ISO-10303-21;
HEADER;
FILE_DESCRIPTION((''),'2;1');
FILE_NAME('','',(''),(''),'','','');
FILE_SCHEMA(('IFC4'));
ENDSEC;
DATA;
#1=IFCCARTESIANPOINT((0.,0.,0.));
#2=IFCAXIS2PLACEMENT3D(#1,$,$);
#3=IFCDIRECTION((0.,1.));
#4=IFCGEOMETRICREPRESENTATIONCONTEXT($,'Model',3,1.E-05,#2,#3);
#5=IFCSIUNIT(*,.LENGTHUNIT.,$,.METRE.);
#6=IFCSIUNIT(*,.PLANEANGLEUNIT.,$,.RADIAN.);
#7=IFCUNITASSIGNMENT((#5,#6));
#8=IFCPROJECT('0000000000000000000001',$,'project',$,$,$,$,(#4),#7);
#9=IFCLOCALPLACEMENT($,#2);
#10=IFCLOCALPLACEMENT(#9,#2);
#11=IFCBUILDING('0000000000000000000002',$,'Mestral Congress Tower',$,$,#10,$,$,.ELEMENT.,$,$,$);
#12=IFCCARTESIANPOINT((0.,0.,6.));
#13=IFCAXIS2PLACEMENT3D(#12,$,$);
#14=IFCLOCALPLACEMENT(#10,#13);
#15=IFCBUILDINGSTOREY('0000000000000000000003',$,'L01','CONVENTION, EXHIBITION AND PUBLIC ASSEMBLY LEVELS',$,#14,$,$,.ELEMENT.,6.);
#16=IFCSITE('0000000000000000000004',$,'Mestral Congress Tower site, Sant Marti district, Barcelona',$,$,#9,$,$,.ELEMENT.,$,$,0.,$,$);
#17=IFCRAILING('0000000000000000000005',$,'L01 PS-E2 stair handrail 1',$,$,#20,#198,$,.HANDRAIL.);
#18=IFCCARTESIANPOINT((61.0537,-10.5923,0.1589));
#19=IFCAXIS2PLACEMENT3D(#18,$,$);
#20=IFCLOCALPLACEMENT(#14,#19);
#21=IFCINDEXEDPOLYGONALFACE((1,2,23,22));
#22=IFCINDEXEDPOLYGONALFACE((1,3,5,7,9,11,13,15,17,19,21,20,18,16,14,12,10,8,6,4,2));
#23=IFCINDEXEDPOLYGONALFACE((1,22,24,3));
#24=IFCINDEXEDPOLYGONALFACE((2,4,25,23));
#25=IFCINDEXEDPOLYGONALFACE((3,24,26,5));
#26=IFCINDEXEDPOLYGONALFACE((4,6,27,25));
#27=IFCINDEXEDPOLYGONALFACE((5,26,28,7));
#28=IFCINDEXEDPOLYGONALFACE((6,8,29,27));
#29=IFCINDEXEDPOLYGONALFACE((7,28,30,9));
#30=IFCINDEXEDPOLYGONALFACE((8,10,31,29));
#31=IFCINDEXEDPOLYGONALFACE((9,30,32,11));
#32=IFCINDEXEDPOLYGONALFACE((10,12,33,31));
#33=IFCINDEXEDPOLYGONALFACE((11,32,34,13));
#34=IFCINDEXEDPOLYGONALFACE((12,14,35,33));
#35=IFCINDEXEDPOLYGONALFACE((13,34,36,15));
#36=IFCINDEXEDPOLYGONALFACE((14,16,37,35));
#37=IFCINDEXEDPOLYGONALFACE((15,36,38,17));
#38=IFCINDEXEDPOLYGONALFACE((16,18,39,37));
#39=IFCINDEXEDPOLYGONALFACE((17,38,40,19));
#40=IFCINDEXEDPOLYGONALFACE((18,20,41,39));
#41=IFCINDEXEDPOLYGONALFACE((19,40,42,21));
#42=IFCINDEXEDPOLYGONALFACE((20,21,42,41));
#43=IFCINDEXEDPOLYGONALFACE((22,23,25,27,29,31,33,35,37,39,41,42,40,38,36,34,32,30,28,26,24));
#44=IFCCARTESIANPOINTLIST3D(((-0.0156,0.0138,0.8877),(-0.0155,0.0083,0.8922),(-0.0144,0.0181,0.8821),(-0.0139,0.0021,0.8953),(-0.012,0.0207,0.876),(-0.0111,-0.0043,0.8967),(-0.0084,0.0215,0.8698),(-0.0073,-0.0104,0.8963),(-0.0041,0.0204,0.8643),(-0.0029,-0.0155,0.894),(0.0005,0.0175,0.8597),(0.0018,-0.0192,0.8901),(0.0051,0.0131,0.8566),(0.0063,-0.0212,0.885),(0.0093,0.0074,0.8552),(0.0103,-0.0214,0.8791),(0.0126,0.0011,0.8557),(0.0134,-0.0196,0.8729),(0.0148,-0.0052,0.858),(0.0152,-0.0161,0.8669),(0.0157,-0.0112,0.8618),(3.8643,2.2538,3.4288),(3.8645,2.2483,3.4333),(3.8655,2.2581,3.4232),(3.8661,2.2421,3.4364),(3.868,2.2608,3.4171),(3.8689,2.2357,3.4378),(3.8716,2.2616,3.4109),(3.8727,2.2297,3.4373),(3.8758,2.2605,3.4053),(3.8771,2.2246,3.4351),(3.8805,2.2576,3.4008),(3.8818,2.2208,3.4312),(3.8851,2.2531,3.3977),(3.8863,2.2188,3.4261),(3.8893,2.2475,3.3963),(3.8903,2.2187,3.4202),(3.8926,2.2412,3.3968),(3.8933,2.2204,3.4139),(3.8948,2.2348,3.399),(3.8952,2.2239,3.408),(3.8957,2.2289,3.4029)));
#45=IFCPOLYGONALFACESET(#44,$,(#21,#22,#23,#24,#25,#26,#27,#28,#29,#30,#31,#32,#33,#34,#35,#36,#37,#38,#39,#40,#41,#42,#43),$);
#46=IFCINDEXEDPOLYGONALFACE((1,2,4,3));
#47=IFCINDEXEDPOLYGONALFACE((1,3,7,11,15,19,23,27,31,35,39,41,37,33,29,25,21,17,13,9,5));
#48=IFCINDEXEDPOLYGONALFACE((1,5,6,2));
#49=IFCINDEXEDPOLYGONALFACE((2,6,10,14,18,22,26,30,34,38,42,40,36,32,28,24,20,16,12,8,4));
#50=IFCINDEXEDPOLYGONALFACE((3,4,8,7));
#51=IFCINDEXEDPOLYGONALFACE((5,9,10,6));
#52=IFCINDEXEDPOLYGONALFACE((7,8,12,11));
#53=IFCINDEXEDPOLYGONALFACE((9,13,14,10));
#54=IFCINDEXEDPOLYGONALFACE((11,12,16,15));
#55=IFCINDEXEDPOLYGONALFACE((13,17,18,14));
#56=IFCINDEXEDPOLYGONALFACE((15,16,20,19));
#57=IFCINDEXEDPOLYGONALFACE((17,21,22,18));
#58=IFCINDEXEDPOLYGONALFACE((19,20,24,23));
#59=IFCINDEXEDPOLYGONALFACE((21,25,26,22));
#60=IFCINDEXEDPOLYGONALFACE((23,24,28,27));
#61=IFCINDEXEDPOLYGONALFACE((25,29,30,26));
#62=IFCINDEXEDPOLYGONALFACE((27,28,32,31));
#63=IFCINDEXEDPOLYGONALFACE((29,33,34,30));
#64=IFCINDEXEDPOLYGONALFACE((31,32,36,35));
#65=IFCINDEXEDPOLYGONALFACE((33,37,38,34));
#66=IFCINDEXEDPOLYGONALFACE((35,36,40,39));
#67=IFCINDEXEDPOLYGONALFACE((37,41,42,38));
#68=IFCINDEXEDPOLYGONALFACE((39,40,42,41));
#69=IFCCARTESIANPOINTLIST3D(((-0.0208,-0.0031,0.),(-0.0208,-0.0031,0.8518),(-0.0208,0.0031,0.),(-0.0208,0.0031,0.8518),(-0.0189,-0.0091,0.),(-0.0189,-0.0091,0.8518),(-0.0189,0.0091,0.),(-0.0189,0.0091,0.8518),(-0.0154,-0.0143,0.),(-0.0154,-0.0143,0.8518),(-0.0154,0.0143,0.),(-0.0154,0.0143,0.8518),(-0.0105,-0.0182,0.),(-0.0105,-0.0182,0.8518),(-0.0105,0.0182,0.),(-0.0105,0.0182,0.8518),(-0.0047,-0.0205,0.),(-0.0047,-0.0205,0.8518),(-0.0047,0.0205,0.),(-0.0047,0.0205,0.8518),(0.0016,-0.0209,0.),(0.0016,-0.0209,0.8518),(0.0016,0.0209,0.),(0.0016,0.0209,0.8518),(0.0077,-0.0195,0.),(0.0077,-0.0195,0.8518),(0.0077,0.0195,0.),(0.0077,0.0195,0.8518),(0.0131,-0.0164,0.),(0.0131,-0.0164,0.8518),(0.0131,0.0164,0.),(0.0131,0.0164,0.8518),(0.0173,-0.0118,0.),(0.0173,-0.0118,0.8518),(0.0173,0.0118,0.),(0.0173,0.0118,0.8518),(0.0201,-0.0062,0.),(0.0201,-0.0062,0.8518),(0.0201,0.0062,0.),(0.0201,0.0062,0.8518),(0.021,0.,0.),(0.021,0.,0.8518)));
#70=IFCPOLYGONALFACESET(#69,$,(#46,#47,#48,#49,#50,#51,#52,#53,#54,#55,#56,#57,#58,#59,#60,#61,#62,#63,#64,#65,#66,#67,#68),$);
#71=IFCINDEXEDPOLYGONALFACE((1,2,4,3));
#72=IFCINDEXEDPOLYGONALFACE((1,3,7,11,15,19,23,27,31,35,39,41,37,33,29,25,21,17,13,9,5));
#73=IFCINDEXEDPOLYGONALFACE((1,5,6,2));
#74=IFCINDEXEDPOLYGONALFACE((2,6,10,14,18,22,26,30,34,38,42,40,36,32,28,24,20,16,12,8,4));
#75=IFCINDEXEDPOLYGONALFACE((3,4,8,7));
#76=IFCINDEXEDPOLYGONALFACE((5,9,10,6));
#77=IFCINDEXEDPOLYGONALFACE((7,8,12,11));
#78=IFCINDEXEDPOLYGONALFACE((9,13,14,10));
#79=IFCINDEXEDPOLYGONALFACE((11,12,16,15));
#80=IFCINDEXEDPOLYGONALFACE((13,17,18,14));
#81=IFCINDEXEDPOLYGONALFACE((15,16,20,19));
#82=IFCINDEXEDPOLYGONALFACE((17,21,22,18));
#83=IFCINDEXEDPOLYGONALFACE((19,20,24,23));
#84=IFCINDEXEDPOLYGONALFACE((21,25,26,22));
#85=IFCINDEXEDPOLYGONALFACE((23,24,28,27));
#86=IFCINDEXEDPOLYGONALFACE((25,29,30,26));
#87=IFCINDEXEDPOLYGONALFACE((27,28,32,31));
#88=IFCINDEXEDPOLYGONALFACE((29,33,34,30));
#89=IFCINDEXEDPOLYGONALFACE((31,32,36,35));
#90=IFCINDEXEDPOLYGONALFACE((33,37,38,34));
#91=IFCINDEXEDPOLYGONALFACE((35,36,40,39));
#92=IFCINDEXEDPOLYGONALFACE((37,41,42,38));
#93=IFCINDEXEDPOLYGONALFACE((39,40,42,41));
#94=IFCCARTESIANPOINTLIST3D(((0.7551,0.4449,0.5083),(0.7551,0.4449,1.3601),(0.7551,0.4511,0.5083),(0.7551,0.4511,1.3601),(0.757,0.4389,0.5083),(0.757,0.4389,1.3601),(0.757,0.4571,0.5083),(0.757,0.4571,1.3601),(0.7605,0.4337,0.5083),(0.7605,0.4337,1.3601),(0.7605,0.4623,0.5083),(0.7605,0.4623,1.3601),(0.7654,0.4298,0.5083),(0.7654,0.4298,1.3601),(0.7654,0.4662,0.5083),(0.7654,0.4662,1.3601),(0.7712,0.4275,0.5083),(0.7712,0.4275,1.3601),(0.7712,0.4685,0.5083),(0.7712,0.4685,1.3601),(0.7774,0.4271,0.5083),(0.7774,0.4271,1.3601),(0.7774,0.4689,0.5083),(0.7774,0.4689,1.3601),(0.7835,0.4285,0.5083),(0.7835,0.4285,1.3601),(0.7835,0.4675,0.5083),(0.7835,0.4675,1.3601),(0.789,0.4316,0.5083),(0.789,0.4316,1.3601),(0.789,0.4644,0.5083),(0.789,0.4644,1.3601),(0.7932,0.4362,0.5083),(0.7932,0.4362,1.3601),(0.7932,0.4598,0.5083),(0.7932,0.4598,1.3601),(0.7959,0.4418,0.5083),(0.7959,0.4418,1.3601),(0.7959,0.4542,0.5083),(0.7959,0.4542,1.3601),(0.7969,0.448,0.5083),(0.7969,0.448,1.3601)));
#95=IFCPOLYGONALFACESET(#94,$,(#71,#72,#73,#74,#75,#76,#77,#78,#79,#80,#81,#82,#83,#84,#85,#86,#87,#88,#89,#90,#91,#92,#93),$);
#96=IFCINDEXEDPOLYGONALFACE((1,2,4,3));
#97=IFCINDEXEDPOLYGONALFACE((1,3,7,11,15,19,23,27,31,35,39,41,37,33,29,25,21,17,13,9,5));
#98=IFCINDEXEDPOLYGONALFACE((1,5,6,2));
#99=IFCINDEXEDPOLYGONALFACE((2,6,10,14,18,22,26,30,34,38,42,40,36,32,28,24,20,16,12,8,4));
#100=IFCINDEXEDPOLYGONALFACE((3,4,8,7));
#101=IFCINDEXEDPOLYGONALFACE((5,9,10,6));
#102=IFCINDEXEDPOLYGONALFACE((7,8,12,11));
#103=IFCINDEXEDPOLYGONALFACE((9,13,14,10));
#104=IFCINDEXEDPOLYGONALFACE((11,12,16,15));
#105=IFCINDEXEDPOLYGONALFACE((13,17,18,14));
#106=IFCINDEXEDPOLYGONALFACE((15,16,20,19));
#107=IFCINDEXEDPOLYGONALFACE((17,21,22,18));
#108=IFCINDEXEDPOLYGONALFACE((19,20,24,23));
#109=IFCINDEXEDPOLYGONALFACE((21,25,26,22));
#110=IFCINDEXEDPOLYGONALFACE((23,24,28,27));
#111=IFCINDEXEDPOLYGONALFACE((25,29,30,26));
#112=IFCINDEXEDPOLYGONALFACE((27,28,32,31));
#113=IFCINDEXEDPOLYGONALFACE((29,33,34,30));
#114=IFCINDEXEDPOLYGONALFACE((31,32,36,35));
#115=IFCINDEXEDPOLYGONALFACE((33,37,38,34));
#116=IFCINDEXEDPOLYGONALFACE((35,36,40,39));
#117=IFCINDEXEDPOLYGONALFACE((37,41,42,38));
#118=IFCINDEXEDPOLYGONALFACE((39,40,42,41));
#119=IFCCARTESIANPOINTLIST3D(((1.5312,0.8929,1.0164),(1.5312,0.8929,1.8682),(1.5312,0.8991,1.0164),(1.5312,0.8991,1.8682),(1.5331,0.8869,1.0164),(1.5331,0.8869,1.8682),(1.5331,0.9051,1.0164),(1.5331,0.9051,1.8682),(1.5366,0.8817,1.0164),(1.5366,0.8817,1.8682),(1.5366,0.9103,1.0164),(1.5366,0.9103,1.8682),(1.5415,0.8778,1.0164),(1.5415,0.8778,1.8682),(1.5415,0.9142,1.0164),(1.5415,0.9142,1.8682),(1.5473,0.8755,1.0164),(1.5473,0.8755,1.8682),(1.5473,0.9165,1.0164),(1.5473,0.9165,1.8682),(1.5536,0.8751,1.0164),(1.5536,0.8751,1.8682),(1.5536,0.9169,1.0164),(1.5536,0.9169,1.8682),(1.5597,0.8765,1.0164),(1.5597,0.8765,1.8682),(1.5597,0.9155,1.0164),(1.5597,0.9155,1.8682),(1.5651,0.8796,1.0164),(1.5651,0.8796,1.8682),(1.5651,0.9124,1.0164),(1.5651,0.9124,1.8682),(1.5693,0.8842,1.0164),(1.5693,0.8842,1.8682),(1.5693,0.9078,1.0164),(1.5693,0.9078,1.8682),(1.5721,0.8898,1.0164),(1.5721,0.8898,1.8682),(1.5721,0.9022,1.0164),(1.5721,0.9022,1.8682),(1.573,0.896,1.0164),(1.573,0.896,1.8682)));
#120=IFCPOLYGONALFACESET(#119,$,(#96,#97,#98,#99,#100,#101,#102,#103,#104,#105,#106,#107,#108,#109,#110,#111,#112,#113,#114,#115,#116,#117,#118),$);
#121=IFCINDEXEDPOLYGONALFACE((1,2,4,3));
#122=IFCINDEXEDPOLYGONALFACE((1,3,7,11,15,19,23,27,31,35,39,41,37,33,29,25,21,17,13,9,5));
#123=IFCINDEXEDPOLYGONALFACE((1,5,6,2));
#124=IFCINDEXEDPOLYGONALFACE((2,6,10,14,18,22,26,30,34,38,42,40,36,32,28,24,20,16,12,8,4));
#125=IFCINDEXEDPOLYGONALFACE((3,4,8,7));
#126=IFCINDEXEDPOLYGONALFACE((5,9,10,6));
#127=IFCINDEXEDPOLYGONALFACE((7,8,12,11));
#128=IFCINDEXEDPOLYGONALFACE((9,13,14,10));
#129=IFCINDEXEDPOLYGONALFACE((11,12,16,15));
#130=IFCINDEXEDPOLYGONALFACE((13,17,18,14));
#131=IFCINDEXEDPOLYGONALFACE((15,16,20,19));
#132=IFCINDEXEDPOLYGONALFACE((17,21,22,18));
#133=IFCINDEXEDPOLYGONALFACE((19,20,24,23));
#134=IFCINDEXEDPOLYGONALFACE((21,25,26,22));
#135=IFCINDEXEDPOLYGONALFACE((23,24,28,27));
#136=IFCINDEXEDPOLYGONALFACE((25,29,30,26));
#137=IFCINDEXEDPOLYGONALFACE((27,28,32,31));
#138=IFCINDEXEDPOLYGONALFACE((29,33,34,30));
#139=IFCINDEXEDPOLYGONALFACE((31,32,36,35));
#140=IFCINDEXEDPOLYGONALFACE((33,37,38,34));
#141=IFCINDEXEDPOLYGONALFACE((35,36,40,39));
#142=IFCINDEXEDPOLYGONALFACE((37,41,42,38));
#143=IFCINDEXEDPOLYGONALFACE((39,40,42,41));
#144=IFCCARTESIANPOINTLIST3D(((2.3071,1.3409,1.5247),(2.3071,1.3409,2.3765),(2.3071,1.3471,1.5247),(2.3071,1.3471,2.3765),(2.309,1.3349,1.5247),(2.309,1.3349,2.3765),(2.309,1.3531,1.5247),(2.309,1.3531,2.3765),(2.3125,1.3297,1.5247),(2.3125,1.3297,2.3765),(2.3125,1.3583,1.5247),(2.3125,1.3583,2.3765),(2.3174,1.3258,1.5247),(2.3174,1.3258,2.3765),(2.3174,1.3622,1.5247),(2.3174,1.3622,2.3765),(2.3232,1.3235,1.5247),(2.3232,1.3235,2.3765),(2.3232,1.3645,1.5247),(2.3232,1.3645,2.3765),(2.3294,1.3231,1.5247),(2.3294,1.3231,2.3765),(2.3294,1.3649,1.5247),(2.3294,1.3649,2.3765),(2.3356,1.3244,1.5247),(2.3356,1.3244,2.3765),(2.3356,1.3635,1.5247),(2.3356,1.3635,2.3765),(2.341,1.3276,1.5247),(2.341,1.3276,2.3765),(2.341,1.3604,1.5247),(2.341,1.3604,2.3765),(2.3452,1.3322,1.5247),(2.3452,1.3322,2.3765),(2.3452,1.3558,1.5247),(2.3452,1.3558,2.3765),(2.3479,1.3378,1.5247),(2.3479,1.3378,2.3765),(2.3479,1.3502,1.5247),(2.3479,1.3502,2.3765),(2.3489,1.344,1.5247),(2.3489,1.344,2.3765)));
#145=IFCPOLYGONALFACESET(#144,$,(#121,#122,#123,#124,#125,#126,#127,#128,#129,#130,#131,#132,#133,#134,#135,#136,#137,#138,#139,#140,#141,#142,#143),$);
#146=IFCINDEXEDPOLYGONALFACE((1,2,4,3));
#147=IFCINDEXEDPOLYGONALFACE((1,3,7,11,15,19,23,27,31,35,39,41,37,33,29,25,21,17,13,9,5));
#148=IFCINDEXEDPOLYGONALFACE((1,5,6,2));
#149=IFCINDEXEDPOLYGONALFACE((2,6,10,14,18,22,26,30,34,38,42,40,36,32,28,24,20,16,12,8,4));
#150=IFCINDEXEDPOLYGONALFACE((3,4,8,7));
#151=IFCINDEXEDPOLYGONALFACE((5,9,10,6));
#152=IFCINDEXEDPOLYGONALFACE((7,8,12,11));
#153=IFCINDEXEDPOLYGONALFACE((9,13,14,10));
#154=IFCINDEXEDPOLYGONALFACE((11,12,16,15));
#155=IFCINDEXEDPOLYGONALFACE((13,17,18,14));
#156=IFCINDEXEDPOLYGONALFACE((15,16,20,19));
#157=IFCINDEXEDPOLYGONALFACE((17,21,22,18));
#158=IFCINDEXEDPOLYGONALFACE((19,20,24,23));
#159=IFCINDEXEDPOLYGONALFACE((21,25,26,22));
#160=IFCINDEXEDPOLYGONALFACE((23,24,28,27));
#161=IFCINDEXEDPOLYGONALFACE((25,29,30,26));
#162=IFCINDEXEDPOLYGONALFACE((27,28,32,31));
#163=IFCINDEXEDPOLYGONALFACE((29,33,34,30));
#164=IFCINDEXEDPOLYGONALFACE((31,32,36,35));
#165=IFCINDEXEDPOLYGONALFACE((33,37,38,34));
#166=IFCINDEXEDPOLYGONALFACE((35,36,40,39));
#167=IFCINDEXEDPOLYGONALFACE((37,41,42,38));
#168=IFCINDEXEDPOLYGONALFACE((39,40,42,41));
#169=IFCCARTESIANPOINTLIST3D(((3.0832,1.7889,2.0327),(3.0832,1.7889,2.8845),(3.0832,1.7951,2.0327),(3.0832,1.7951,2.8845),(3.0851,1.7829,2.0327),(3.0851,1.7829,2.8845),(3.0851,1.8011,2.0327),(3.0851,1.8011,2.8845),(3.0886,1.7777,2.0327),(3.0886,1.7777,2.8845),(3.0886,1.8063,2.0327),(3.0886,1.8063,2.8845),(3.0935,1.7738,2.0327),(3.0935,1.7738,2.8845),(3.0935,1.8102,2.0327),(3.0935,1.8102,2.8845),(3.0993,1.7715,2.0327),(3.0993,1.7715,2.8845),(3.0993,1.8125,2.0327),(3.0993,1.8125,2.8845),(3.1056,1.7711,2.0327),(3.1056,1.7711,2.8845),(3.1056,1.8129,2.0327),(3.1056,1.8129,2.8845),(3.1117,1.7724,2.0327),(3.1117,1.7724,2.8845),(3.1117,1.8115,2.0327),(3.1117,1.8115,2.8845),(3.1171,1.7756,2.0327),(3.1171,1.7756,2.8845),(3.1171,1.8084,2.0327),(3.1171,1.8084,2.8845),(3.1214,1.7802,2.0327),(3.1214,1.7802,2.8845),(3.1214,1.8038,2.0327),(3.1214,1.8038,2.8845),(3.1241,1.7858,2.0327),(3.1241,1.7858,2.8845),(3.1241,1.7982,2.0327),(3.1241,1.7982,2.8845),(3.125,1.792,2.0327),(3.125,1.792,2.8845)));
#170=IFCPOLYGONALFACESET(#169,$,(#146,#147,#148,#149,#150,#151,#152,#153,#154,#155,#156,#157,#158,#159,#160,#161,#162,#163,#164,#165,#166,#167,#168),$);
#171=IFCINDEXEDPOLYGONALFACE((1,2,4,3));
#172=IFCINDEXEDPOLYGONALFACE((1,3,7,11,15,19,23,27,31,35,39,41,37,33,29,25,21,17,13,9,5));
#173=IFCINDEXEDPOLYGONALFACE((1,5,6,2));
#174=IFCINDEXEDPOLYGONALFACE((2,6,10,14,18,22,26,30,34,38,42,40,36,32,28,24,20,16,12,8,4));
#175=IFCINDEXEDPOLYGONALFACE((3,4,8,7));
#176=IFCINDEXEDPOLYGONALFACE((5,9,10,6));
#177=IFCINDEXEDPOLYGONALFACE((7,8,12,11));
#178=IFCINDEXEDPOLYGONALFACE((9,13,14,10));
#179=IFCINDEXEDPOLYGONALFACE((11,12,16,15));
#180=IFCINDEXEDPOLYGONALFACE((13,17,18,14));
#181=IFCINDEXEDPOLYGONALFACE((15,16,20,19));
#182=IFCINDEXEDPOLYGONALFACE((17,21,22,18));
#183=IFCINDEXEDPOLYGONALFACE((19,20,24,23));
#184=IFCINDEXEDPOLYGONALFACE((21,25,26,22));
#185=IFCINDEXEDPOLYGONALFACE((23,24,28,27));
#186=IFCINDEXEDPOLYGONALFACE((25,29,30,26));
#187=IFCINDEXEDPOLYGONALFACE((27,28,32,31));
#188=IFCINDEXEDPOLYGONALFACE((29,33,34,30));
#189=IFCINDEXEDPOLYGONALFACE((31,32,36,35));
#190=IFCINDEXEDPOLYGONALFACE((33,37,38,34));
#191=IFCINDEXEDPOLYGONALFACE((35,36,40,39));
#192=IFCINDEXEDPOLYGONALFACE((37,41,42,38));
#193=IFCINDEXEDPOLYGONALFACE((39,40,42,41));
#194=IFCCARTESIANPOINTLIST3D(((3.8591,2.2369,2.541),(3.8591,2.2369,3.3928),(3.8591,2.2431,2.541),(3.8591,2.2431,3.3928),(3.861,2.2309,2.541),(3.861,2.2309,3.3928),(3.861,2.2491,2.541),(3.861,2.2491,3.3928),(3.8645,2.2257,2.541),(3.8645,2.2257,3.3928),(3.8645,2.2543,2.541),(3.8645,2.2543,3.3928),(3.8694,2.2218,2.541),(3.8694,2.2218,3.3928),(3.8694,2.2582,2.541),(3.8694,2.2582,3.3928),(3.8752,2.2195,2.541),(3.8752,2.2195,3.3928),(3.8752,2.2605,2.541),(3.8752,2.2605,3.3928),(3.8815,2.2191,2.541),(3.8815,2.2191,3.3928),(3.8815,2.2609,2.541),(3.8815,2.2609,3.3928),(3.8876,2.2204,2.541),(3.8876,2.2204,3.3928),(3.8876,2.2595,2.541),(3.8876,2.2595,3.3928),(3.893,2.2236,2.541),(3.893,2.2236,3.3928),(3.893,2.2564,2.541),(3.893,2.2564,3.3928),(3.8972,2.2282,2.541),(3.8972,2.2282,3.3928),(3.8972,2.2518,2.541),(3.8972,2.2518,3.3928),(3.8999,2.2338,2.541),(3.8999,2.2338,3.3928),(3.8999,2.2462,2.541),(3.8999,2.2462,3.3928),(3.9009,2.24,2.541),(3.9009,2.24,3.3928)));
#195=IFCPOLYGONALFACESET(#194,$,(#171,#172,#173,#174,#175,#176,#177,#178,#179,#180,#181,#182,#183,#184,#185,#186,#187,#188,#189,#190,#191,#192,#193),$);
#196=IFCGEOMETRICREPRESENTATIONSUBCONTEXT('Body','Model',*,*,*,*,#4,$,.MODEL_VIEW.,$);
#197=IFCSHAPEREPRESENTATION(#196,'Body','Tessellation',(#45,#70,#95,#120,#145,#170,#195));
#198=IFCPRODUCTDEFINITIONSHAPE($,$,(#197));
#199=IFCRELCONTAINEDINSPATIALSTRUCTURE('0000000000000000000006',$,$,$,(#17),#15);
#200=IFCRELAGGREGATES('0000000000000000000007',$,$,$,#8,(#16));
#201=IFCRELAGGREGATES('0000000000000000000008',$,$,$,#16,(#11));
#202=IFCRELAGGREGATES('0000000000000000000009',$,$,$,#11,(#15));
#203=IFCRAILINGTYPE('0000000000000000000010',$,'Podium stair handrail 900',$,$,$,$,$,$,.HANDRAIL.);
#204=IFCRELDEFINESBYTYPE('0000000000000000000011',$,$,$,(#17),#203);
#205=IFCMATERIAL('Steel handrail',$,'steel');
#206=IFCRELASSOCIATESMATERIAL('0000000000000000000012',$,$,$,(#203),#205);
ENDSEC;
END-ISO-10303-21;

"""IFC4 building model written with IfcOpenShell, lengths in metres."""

from ifc_helpers import new_model, si_unit, direction, frame, origin, origin_2d, place, context, subcontext, project, spatial, circle, extrude, material, type_object, element, save


model = new_model("IFC4")

# Units and contexts
model_context = context("Model", 3, precision=1e-05, world=origin(), true_north=direction((0.0, 1.0)))
body_context = subcontext(model_context, "Body", "Model", "MODEL_VIEW")
ifc_project = project(units=[si_unit("LENGTHUNIT", "METRE"), si_unit("PLANEANGLEUNIT", "RADIAN")], contexts=[model_context])

# Site, building, storey
site_placement = place(None, origin())
site = spatial("IfcSite", under=ifc_project, at=site_placement, Name="Mestral Congress Tower site, Sant Marti district, Barcelona", CompositionType="ELEMENT", RefElevation=0.0)
building_placement = place(site_placement, origin())
building = spatial("IfcBuilding", under=site, at=building_placement, Name="Mestral Congress Tower", CompositionType="ELEMENT")
storey_placement = place(building_placement, frame((0.0, 0.0, 6.0)))
storey = spatial("IfcBuildingStorey", under=building, at=storey_placement, Name="L01", Description="CONVENTION, EXHIBITION AND PUBLIC ASSEMBLY LEVELS", CompositionType="ELEMENT", Elevation=6.0)

# Railing
ifc_material_1 = material(Name="Steel handrail", Category="steel")
railing_type_1 = type_object("IfcRailingType", Name="Podium stair handrail 900", PredefinedType="HANDRAIL", material=ifc_material_1)
railing_1_placement = place(storey_placement, frame((61.0537, -10.5923, 0.1589)))
element("IfcRailing", 1, at=railing_1_placement, inside=storey, type_object=railing_type_1, Name="L01 PS-E2 stair handrail 1", PredefinedType="HANDRAIL", context=body_context, shape_type="SweptSolid", body=[
    extrude(circle(Radius=0.0239, at=origin_2d()), frame((0.0, 0.0, 0.876), z_axis=(0.7533, 0.434906, 0.493352), x_axis=(-0.49999, 0.866031, 0.0)), (0.0, 0.0, 1.0), 5.1506),
    extrude(circle(Radius=0.021, at=origin_2d()), origin(), (0.0, 0.0, 1.0), 0.8518),
    extrude(circle(Radius=0.021, at=origin_2d()), frame((0.7759, 0.448, 0.5083)), (0.0, 0.0, 1.0), 0.8518),
    extrude(circle(Radius=0.021, at=origin_2d()), frame((1.552, 0.896, 1.0164)), (0.0, 0.0, 1.0), 0.8518),
    extrude(circle(Radius=0.021, at=origin_2d()), frame((2.3279, 1.344, 1.5247)), (0.0, 0.0, 1.0), 0.8518),
    extrude(circle(Radius=0.021, at=origin_2d()), frame((3.104, 1.792, 2.0327)), (0.0, 0.0, 1.0), 0.8518),
    extrude(circle(Radius=0.021, at=origin_2d()), frame((3.8799, 2.24, 2.541)), (0.0, 0.0, 1.0), 0.8518),
])

save(model, "model.ifc")
